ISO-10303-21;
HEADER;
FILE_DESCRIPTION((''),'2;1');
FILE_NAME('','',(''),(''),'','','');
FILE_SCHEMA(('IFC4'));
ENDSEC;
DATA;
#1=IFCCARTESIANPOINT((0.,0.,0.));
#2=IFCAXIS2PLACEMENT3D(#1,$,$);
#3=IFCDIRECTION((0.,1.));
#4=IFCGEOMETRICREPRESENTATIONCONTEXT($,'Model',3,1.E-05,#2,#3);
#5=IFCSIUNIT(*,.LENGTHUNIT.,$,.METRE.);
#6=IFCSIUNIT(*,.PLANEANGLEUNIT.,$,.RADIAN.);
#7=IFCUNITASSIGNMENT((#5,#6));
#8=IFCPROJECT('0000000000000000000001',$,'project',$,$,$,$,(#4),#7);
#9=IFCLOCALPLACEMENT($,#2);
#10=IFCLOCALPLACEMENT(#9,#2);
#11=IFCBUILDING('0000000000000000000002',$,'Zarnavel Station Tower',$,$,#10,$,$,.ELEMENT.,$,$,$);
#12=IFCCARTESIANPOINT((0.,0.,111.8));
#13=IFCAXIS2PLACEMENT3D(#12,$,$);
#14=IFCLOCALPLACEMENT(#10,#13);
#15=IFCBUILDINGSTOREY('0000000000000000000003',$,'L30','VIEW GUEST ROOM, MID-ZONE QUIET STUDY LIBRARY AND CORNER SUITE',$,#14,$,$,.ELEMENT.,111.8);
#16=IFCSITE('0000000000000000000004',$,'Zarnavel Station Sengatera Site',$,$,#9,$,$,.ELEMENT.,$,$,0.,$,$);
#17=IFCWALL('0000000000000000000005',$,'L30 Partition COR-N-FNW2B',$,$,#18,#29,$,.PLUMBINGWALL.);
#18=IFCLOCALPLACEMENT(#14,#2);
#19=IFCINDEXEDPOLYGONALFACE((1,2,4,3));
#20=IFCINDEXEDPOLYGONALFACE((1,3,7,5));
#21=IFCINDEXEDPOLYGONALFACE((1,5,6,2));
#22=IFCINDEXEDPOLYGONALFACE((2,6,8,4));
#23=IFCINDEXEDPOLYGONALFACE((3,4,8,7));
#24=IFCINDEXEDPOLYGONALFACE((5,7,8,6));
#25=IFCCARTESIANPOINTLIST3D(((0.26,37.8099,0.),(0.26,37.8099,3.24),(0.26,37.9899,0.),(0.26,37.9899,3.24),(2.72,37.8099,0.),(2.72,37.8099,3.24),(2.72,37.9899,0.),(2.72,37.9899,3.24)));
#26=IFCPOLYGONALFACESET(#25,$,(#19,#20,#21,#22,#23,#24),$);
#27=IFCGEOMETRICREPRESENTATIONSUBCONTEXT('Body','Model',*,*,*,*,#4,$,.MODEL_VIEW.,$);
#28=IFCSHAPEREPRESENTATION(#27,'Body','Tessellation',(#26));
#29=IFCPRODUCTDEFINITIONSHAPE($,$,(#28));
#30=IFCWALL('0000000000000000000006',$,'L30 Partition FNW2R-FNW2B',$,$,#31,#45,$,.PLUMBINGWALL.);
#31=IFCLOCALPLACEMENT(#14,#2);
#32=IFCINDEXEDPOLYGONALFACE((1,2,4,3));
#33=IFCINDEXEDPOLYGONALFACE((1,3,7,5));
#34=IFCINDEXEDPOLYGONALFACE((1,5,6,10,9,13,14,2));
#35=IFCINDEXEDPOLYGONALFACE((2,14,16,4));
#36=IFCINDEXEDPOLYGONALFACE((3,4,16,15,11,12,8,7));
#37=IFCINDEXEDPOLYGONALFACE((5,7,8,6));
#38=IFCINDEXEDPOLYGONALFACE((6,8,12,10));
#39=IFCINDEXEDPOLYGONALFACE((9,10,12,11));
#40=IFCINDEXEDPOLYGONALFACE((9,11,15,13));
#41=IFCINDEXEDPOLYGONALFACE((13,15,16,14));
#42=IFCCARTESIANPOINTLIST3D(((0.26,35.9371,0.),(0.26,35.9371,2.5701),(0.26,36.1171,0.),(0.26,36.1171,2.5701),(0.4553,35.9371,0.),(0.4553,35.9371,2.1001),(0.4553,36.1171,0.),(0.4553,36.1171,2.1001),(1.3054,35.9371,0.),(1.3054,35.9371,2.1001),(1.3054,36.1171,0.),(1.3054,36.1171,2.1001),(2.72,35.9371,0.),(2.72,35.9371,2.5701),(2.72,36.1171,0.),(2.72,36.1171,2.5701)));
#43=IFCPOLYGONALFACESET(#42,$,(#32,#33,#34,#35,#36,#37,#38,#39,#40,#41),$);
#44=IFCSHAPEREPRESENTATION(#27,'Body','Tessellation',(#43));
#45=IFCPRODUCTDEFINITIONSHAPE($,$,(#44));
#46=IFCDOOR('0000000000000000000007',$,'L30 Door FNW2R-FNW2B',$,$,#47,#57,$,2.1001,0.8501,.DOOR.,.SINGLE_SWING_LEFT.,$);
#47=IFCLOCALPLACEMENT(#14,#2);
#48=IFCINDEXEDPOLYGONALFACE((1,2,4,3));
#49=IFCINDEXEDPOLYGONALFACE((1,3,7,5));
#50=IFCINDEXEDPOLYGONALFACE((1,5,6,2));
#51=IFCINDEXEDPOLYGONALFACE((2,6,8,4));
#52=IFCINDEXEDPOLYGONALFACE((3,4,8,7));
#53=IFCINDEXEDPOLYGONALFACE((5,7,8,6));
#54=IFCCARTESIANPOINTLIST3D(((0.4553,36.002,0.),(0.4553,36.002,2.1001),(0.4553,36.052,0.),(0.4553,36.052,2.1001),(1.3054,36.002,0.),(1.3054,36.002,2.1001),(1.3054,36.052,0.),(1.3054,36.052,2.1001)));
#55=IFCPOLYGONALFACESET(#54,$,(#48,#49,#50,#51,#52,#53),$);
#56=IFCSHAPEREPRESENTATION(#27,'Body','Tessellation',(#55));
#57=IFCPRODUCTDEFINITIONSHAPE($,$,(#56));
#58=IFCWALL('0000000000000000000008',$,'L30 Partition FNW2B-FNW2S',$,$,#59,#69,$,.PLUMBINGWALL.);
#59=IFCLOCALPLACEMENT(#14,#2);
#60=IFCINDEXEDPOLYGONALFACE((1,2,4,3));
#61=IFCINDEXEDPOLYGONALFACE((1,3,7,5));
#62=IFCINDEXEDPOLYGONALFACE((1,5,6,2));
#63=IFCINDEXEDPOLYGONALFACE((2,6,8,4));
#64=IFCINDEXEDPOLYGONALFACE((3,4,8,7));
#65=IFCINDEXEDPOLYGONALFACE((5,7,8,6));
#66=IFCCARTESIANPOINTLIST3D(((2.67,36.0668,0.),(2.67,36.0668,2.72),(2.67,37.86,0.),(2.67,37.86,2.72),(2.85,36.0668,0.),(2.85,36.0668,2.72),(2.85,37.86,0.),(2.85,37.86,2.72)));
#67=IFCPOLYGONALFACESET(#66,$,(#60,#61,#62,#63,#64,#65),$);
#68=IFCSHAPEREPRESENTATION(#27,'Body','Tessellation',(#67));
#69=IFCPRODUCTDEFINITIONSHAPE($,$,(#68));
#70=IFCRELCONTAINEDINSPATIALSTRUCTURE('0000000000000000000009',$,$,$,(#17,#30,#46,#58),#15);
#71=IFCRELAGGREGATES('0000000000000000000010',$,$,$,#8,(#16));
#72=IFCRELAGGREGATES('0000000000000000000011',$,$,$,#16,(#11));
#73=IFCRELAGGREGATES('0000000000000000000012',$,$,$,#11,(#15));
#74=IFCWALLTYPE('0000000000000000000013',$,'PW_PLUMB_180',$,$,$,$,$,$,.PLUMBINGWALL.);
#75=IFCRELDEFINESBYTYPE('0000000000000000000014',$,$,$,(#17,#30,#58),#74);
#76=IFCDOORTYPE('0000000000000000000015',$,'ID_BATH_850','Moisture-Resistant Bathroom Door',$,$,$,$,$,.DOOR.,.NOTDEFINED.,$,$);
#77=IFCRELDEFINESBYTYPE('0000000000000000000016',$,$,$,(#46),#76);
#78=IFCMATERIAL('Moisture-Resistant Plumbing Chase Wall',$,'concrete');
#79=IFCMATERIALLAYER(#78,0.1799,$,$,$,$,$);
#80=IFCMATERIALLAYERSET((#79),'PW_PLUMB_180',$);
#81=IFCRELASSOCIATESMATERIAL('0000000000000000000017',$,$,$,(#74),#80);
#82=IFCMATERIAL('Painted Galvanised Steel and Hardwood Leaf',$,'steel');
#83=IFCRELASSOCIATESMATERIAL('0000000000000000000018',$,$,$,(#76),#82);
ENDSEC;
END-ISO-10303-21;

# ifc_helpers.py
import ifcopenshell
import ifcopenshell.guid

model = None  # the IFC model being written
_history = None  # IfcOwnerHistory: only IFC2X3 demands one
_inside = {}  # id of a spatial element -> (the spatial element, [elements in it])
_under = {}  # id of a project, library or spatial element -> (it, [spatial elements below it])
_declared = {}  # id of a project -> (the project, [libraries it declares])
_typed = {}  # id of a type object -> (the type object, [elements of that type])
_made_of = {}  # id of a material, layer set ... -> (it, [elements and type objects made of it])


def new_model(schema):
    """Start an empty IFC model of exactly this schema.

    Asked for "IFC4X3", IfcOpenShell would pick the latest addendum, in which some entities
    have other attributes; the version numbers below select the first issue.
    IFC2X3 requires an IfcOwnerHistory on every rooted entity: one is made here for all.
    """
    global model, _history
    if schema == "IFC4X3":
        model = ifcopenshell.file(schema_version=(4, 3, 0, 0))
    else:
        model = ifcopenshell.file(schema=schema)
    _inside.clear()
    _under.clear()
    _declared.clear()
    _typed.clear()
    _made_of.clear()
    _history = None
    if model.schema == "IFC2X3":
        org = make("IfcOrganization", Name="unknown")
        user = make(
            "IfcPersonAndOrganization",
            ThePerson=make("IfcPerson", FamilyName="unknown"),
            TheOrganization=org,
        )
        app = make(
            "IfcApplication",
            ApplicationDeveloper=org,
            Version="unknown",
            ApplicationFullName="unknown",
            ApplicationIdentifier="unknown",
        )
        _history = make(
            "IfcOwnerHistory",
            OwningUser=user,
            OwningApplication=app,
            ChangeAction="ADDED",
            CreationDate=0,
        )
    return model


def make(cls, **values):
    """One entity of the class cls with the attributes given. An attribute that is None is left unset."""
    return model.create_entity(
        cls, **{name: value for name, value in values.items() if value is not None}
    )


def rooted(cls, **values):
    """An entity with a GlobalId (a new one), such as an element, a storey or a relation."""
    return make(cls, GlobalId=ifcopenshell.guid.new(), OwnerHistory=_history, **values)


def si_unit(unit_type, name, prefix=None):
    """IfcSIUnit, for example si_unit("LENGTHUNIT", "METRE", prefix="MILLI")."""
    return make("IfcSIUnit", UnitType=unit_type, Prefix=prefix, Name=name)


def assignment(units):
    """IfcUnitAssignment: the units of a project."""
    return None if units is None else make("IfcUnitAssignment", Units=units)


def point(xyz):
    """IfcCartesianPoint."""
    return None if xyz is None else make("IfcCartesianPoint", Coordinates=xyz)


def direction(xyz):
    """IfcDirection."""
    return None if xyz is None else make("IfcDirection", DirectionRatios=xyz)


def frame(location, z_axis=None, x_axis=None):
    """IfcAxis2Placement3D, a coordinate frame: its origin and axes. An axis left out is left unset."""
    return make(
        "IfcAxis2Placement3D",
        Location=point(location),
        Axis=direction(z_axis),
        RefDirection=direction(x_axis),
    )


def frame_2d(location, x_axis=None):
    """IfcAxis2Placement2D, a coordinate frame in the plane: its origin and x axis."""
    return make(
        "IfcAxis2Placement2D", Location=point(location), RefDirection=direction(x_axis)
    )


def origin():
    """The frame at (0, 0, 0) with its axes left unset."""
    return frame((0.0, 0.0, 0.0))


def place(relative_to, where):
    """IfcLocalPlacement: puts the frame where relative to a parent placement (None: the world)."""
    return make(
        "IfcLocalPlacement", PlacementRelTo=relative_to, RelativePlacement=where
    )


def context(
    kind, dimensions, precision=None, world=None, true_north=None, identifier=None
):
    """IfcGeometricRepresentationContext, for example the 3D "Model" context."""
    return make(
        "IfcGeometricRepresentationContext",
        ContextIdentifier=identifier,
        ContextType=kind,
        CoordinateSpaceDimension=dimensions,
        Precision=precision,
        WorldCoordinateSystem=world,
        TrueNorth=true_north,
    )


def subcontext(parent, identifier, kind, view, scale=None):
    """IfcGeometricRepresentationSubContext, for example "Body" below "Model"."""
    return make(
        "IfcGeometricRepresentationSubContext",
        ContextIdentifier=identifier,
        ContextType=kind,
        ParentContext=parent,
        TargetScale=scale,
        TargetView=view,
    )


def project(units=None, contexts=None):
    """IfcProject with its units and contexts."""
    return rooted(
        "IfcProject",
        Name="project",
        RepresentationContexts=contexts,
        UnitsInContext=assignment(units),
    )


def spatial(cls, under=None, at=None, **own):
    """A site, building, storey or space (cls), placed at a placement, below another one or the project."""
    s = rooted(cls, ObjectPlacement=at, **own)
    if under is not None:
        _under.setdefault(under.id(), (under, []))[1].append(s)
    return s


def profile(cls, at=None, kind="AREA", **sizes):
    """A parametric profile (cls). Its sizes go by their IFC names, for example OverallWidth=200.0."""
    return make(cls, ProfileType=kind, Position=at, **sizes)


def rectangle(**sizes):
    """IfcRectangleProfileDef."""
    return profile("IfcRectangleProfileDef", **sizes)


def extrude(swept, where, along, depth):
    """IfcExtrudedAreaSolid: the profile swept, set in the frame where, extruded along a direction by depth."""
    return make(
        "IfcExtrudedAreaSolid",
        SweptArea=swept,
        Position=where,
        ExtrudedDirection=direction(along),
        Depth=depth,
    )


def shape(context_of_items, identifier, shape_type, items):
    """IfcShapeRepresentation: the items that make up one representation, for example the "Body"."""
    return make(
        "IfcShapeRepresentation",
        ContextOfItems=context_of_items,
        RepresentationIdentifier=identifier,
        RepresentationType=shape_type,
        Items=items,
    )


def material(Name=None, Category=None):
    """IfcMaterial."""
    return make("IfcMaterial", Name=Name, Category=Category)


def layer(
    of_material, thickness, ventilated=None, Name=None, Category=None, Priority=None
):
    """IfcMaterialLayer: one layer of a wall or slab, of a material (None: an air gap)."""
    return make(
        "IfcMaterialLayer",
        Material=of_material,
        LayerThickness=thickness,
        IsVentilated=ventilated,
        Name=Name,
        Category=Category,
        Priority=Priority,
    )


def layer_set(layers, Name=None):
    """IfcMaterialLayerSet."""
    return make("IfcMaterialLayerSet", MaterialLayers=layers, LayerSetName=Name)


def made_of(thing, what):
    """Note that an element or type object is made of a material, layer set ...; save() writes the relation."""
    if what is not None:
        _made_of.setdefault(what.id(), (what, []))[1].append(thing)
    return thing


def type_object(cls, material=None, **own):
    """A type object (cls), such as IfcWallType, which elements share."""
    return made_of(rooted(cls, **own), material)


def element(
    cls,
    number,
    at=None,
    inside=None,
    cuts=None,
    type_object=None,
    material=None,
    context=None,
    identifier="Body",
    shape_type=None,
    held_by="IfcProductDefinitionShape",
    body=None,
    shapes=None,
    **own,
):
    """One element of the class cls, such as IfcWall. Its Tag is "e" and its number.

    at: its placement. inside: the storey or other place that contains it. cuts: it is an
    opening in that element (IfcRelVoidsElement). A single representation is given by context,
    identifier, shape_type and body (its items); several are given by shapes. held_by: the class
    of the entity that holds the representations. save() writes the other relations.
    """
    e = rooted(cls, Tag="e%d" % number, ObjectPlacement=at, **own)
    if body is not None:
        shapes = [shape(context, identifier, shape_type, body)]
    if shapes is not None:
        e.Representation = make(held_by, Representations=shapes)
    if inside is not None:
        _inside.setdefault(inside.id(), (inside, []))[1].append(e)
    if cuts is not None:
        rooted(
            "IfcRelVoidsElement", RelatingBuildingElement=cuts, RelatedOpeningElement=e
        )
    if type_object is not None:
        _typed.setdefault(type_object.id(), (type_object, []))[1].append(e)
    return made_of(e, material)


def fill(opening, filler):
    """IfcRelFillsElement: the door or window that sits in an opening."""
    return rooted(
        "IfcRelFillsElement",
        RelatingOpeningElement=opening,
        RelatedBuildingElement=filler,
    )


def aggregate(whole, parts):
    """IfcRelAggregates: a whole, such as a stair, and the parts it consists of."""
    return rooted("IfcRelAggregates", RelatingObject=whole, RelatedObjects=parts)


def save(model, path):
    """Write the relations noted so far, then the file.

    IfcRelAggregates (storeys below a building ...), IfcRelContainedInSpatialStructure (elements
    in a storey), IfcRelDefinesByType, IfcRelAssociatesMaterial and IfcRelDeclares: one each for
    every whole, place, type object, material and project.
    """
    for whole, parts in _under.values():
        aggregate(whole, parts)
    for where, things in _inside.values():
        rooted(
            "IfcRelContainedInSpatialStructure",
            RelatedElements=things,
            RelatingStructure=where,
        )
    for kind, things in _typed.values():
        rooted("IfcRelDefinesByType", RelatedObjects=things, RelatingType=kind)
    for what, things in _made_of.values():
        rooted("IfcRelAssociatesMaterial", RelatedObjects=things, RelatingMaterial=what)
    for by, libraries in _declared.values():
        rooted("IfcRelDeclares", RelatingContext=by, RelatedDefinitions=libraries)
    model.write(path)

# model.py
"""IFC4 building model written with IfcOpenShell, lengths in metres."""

from ifc_helpers import new_model, si_unit, direction, frame, frame_2d, origin, place, context, subcontext, project, spatial, rectangle, extrude, material, layer, layer_set, type_object, element, fill, save


model = new_model("IFC4")

# Units and contexts
model_context = context("Model", 3, precision=1e-05, world=origin(), true_north=direction((0.0, 1.0)))
body_context = subcontext(model_context, "Body", "Model", "MODEL_VIEW")
ifc_project = project(units=[si_unit("LENGTHUNIT", "METRE"), si_unit("PLANEANGLEUNIT", "RADIAN")], contexts=[model_context])

# Site, building, storey
site_placement = place(None, origin())
site = spatial("IfcSite", under=ifc_project, at=site_placement, Name="Zarnavel Station Sengatera Site", CompositionType="ELEMENT", RefElevation=0.0)
building_placement = place(site_placement, origin())
building = spatial("IfcBuilding", under=site, at=building_placement, Name="Zarnavel Station Tower", CompositionType="ELEMENT")
storey_placement = place(building_placement, frame((0.0, 0.0, 111.8)))
storey = spatial("IfcBuildingStorey", under=building, at=storey_placement, Name="L30", Description="VIEW GUEST ROOM, MID-ZONE QUIET STUDY LIBRARY AND CORNER SUITE", CompositionType="ELEMENT", Elevation=111.8)

# Wall
ifc_material_1 = material(Name="Moisture-Resistant Plumbing Chase Wall", Category="concrete")
ifc_layer_1 = layer(ifc_material_1, 0.1799)
ifc_layer_set_1 = layer_set([ifc_layer_1], Name="PW_PLUMB_180")
wall_type_1 = type_object("IfcWallType", Name="PW_PLUMB_180", PredefinedType="PLUMBINGWALL", material=ifc_layer_set_1)
wall_1_placement = place(storey_placement, frame((0.26, 37.8999, 0.0), z_axis=(0.0, 0.0, 1.0), x_axis=(1.0, 0.0, 0.0)))
element("IfcWall", 1, at=wall_1_placement, inside=storey, type_object=wall_type_1, Name="L30 Partition COR-N-FNW2B", PredefinedType="PLUMBINGWALL", context=body_context, shape_type="SweptSolid", body=[
    extrude(rectangle(XDim=2.46, YDim=0.1799, at=frame_2d((1.23, 0.0))), origin(), (0.0, 0.0, 1.0), 3.24),
])

# Wall, opening, door
wall_2_placement = place(storey_placement, frame((0.26, 36.0271, 0.0), z_axis=(0.0, 0.0, 1.0), x_axis=(1.0, 0.0, 0.0)))
wall_2 = element("IfcWall", 2, at=wall_2_placement, inside=storey, type_object=wall_type_1, Name="L30 Partition FNW2R-FNW2B", PredefinedType="PLUMBINGWALL", context=body_context, shape_type="SweptSolid", body=[
    extrude(rectangle(XDim=2.46, YDim=0.1799, at=frame_2d((1.23, 0.0))), origin(), (0.0, 0.0, 1.0), 2.5701),
])
opening_1_placement = place(wall_2_placement, frame((0.1953, 0.0, 0.0)))
opening_1 = element("IfcOpeningElement", 3, at=opening_1_placement, cuts=wall_2, PredefinedType="OPENING", context=body_context, shape_type="SweptSolid", body=[
    extrude(rectangle(XDim=0.8501, YDim=2.1001, at=frame_2d((0.425, 1.05))), frame((0.0, 0.0999, 0.0), z_axis=(0.0, -1.0, 0.0), x_axis=(1.0, 0.0, 0.0)), (0.0, 0.0, 1.0), 0.2),
])
ifc_material_2 = material(Name="Painted Galvanised Steel and Hardwood Leaf", Category="steel")
door_type_1 = type_object("IfcDoorType", Name="ID_BATH_850", Description="Moisture-Resistant Bathroom Door", OperationType="NOTDEFINED", PredefinedType="DOOR", material=ifc_material_2)
door_1_placement = place(opening_1_placement, origin())
door_1 = element("IfcDoor", 4, at=door_1_placement, inside=storey, type_object=door_type_1, Name="L30 Door FNW2R-FNW2B", OperationType="SINGLE_SWING_LEFT", OverallHeight=2.1001, OverallWidth=0.8501, PredefinedType="DOOR", context=body_context, shape_type="SweptSolid", body=[
    extrude(rectangle(XDim=0.8501, YDim=2.1001, at=frame_2d((0.425, 1.05))), frame((0.0, 0.0249, 0.0), z_axis=(0.0, -1.0, 0.0), x_axis=(1.0, 0.0, 0.0)), (0.0, 0.0, 1.0), 0.05),
])
fill(opening_1, door_1)

# Wall
wall_3_placement = place(storey_placement, frame((2.76, 36.0669, 0.0), z_axis=(0.0, 0.0, 1.0), x_axis=(0.0, 1.0, 0.0)))
element("IfcWall", 5, at=wall_3_placement, inside=storey, type_object=wall_type_1, Name="L30 Partition FNW2B-FNW2S", PredefinedType="PLUMBINGWALL", context=body_context, shape_type="SweptSolid", body=[
    extrude(rectangle(XDim=1.7932, YDim=0.1799, at=frame_2d((0.8965, 0.0))), origin(), (0.0, 0.0, 1.0), 2.72),
])

save(model, "model.ifc")
